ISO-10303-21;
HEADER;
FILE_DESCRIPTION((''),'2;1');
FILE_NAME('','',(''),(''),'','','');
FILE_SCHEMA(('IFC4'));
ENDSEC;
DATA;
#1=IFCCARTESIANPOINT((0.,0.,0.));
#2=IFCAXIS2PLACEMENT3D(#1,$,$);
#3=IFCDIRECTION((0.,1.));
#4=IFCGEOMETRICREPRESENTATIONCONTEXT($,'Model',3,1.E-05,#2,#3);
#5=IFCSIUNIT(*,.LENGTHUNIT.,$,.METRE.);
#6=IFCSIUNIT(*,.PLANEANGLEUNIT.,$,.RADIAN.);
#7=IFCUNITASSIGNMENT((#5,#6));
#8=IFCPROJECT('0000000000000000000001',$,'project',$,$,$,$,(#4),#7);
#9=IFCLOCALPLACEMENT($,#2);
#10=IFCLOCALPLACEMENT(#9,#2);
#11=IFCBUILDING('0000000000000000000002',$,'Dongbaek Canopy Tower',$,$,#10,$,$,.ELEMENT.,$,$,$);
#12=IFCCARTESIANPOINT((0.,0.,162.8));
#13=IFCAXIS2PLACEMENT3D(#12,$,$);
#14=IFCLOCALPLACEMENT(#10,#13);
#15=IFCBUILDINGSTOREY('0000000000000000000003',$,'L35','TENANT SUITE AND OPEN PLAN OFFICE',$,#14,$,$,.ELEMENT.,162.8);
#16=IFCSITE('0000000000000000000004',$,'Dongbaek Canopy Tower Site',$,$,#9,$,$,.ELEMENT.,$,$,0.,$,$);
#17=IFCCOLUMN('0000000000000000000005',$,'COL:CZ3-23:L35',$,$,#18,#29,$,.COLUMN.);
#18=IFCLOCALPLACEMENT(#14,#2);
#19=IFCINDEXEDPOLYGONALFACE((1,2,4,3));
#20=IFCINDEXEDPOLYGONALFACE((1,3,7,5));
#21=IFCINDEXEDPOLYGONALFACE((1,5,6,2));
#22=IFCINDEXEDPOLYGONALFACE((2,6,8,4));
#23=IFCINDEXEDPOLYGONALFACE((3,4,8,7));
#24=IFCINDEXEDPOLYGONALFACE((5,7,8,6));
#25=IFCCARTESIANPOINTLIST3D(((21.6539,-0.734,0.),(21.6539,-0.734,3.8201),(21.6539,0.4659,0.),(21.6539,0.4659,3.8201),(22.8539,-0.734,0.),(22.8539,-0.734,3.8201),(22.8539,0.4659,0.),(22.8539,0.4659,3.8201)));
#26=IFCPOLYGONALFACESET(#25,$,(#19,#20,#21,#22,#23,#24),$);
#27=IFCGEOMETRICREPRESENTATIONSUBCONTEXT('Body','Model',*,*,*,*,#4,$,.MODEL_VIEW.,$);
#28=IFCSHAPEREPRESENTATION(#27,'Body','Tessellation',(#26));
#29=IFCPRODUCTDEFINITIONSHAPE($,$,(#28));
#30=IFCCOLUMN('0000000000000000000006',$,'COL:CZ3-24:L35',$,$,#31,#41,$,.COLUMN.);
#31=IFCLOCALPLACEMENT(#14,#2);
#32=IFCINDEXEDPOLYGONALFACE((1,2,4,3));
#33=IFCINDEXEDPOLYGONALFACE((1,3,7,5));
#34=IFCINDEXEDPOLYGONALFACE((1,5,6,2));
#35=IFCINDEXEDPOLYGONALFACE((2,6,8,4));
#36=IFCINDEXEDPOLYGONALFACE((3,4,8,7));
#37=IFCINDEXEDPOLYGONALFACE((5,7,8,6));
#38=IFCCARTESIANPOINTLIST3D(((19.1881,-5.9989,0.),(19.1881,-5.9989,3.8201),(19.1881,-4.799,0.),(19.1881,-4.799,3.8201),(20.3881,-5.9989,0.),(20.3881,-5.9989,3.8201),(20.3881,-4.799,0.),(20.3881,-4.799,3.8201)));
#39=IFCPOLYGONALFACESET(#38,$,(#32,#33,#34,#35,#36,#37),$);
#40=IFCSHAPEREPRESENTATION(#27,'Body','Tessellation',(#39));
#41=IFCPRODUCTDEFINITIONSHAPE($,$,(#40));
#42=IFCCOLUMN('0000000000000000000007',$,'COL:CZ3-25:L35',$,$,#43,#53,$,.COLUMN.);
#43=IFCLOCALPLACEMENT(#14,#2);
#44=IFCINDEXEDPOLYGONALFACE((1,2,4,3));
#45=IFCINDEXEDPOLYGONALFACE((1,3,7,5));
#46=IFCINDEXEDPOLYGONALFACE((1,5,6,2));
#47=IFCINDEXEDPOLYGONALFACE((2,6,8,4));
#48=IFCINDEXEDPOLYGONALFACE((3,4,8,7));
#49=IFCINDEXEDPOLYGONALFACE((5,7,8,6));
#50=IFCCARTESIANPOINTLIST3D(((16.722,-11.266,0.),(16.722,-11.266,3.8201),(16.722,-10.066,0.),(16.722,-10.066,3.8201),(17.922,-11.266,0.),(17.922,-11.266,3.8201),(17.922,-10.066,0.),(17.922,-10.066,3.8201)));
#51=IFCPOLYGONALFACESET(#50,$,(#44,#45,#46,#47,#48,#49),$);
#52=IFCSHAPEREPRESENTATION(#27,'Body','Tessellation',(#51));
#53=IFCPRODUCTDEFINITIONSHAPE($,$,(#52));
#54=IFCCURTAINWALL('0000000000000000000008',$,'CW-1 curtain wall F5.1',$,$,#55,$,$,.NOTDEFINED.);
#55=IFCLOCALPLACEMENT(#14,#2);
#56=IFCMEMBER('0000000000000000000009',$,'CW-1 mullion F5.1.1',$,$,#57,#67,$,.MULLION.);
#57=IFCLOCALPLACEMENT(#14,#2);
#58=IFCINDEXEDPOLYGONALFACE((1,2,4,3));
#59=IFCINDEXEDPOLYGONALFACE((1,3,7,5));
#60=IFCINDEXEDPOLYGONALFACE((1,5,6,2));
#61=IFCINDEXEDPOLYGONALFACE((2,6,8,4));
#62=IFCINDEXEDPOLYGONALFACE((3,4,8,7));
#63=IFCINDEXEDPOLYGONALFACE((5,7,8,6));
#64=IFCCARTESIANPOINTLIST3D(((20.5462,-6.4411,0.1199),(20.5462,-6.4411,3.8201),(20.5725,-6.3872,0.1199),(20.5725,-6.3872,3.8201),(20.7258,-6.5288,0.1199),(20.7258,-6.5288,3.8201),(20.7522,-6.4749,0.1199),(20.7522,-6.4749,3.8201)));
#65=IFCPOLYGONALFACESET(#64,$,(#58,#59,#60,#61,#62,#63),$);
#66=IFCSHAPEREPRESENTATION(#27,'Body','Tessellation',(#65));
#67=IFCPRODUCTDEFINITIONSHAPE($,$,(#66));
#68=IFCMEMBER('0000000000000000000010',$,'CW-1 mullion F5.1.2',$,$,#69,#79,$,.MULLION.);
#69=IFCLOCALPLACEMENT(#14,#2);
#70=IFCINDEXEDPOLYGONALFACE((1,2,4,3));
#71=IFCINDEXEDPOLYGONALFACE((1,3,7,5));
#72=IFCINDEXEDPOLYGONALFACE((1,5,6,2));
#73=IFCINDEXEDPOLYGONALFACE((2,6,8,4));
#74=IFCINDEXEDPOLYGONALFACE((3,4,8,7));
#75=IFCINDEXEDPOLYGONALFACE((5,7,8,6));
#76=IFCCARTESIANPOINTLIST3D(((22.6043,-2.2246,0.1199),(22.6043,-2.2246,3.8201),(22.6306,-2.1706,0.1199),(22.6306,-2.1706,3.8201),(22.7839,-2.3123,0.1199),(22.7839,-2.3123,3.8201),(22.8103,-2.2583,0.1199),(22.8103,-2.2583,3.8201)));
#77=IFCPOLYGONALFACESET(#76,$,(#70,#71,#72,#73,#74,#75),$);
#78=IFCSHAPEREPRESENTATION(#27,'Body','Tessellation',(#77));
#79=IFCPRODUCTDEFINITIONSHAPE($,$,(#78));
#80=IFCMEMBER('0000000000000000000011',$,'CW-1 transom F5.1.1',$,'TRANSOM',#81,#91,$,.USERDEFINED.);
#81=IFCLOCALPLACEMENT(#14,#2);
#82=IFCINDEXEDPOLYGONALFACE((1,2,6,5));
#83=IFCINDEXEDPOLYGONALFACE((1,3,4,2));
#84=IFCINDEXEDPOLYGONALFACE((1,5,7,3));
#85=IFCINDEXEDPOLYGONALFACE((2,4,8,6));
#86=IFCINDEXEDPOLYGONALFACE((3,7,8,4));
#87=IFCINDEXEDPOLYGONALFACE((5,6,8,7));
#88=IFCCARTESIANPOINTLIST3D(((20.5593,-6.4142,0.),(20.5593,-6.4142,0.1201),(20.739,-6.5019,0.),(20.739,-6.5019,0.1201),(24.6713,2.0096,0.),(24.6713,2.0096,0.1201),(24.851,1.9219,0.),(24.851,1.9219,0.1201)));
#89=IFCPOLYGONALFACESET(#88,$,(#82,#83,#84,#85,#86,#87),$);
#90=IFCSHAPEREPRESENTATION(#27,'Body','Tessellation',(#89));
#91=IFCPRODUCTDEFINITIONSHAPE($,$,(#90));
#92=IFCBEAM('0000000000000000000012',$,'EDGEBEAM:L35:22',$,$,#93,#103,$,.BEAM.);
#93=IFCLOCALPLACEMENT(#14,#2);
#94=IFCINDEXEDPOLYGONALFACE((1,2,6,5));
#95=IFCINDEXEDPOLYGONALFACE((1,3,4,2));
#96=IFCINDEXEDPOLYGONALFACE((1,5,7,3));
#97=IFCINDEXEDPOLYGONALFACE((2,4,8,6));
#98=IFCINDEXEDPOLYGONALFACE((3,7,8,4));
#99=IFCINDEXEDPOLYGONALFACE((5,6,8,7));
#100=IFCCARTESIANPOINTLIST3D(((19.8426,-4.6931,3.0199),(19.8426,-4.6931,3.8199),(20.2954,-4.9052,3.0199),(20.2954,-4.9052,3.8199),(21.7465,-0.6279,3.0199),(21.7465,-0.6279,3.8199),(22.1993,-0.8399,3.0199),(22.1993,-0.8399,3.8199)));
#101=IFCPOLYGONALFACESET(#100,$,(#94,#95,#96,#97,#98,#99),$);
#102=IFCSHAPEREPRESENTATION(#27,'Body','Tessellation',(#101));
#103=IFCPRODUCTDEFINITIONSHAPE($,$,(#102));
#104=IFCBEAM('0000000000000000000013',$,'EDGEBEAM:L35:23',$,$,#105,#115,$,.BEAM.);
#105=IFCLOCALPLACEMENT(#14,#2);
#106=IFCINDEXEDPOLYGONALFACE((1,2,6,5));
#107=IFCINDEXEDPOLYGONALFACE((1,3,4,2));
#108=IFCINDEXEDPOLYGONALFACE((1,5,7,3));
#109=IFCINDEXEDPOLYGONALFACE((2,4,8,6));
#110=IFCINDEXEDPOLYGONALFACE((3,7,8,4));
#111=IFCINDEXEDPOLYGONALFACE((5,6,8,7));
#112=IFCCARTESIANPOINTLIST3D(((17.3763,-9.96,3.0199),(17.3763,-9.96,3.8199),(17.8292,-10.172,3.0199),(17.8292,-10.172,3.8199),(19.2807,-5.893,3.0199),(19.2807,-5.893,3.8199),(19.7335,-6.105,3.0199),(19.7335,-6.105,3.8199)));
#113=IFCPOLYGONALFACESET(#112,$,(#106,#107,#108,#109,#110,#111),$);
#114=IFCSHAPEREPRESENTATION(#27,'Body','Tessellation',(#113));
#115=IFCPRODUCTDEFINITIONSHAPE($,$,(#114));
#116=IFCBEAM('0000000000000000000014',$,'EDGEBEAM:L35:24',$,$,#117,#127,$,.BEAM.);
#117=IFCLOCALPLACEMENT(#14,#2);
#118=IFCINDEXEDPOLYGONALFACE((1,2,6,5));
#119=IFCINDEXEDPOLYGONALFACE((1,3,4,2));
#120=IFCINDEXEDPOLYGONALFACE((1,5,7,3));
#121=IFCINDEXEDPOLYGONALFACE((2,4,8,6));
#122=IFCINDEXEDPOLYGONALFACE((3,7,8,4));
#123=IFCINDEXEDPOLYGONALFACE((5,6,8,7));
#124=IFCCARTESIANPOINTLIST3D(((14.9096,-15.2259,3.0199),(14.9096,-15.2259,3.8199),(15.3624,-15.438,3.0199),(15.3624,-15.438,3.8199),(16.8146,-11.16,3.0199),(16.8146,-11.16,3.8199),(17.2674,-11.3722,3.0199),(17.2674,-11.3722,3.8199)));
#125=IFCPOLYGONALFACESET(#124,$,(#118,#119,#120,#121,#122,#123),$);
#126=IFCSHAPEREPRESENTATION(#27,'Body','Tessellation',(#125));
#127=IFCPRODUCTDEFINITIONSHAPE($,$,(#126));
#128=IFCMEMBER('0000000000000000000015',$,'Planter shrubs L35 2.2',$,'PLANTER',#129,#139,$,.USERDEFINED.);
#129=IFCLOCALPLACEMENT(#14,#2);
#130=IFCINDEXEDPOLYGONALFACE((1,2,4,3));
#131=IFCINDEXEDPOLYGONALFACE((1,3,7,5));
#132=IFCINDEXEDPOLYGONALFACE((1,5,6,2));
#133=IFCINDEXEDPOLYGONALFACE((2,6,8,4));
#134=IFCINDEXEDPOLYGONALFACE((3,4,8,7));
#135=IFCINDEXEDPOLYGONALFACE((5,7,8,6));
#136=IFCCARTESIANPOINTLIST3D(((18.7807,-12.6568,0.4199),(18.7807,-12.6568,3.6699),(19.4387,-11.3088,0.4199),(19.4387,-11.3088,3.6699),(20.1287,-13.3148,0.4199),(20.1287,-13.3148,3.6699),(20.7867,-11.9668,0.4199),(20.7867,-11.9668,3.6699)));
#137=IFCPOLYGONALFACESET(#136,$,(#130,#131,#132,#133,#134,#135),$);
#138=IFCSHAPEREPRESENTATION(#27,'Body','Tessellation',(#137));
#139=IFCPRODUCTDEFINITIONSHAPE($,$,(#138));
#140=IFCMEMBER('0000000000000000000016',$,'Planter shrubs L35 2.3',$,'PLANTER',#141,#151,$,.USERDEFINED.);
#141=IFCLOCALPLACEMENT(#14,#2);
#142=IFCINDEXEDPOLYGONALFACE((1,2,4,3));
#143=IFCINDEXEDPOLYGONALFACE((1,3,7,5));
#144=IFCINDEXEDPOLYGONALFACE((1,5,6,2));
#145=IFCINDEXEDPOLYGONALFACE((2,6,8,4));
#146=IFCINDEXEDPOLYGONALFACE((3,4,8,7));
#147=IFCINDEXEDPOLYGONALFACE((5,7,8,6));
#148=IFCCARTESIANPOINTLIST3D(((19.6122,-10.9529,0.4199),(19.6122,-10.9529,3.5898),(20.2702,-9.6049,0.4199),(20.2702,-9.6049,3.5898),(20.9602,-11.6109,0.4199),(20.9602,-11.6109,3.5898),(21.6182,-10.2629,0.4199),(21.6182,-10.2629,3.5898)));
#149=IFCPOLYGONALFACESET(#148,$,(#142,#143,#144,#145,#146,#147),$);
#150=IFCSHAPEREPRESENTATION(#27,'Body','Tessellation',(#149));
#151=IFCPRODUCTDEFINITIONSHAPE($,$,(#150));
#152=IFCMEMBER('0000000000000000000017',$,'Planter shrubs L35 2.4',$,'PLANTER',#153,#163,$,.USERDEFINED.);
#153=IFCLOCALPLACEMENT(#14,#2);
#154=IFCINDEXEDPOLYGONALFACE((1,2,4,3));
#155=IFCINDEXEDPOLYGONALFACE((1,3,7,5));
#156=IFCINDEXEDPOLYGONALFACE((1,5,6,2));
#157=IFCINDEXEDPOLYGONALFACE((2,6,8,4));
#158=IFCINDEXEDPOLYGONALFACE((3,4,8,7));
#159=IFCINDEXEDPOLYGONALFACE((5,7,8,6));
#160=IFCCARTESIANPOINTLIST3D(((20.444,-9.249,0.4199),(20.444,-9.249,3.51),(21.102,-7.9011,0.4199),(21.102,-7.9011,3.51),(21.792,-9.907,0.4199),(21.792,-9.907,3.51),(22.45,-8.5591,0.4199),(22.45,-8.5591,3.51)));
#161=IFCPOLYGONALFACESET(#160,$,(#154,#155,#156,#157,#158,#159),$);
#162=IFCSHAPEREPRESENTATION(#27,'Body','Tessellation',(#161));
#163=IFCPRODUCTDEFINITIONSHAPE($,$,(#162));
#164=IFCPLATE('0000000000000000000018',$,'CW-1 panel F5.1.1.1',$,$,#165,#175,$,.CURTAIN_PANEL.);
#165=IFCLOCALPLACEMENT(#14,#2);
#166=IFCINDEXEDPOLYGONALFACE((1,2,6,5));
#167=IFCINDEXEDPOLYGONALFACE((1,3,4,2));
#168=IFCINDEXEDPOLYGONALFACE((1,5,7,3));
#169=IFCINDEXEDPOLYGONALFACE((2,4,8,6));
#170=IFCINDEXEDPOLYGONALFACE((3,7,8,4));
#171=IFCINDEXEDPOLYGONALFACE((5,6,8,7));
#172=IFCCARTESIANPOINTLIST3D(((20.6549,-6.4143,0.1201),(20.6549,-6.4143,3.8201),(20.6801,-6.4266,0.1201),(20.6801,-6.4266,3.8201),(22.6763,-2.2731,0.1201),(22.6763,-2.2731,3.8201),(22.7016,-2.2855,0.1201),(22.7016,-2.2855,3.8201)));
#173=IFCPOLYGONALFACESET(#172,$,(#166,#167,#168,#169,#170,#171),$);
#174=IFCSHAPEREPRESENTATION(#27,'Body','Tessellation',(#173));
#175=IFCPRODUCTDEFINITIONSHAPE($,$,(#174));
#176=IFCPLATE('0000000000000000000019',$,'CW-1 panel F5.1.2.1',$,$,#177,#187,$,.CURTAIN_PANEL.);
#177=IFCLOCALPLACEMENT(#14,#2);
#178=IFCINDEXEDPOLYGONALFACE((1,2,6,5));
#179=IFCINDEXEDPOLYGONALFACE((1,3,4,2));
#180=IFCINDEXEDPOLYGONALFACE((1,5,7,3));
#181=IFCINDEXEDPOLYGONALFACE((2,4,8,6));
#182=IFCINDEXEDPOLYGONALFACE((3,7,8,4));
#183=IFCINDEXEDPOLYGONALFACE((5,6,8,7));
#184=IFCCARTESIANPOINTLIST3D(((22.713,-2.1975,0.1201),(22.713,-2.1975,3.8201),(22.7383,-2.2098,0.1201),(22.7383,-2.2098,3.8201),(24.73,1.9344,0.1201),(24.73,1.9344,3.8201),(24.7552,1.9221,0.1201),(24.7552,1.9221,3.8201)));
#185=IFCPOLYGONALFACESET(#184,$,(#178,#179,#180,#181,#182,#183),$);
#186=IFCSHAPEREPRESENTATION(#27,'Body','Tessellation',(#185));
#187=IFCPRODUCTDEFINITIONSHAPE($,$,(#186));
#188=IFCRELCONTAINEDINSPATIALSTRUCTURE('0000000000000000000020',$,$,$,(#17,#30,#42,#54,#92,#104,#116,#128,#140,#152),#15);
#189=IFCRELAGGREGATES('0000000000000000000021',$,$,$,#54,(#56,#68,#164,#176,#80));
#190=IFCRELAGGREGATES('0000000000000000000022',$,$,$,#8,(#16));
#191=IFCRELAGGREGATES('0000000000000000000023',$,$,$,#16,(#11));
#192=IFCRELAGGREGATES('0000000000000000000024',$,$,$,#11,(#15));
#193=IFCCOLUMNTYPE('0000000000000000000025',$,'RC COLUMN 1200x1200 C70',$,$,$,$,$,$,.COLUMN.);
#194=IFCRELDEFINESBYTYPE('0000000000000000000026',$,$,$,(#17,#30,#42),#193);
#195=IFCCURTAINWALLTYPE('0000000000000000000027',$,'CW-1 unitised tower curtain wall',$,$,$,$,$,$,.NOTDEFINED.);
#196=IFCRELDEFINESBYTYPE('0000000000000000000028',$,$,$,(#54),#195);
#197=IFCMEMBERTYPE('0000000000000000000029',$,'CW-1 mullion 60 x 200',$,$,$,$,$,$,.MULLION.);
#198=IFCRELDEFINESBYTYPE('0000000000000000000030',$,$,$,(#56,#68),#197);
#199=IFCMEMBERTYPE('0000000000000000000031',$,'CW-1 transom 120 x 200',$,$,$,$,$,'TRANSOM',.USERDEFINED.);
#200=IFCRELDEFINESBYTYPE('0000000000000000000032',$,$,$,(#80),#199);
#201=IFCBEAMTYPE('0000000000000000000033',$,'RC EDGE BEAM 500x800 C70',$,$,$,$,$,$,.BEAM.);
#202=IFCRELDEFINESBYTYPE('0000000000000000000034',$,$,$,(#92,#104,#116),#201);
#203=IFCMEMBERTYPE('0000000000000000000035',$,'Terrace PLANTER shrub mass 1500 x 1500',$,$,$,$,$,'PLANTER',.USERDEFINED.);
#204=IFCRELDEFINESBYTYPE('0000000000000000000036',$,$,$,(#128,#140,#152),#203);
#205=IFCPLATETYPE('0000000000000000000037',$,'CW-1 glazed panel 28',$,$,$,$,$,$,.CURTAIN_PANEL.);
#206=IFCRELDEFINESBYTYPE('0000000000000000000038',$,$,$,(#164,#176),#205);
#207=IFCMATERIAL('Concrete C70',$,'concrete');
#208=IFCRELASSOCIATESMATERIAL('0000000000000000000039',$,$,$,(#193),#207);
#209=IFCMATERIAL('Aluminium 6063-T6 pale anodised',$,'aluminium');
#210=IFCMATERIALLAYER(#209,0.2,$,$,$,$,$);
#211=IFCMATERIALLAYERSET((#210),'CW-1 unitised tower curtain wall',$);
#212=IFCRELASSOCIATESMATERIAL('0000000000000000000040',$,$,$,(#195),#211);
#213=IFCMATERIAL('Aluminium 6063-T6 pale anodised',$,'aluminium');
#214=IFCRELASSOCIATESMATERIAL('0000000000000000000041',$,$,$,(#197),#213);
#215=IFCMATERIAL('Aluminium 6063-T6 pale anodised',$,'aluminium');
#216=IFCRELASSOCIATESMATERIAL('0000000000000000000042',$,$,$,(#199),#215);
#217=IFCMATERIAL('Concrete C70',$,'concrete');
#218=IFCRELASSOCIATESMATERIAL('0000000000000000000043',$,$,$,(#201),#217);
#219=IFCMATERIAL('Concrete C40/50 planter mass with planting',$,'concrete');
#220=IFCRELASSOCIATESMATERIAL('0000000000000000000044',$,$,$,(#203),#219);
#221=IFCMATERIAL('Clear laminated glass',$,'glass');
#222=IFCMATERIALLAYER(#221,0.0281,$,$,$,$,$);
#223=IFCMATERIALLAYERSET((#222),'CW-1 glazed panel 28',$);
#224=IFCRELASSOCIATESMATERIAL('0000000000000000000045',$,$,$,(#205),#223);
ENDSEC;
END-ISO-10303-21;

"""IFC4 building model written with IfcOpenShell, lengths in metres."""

from ifc_helpers import new_model, si_unit, direction, frame, origin, origin_2d, place, context, subcontext, project, spatial, rectangle, extrude, material, layer, layer_set, material_profile, profile_set, type_object, element, aggregate, save


model = new_model("IFC4")

# Units and contexts
model_context = context("Model", 3, precision=1e-05, world=origin(), true_north=direction((0.0, 1.0)))
body_context = subcontext(model_context, "Body", "Model", "MODEL_VIEW")
ifc_project = project(units=[si_unit("LENGTHUNIT", "METRE"), si_unit("PLANEANGLEUNIT", "RADIAN")], contexts=[model_context])

# Site, building, storey
site_placement = place(None, origin())
site = spatial("IfcSite", under=ifc_project, at=site_placement, Name="Dongbaek Canopy Tower Site", CompositionType="ELEMENT", RefElevation=0.0)
building_placement = place(site_placement, origin())
building = spatial("IfcBuilding", under=site, at=building_placement, Name="Dongbaek Canopy Tower", CompositionType="ELEMENT")
storey_placement = place(building_placement, frame((0.0, 0.0, 162.8)))
storey = spatial("IfcBuildingStorey", under=building, at=storey_placement, Name="L35", Description="TENANT SUITE AND OPEN PLAN OFFICE", CompositionType="ELEMENT", Elevation=162.8)

# Columns
ifc_material_1 = material(Name="Concrete C70", Category="concrete")
ifc_material_profile_1 = material_profile(ifc_material_1, rectangle(XDim=1.2, YDim=1.2, at=origin_2d()), Name="RC COLUMN 1200x1200 C70")
ifc_profile_set_1 = profile_set([ifc_material_profile_1], Name="Concrete C70")
column_type = type_object("IfcColumnType", Name="RC COLUMN 1200x1200 C70", PredefinedType="COLUMN", material=ifc_profile_set_1)
for number, where, z_axis, x_axis, name in (
    (1, (22.2539, -0.134, 0.0), (0.0, 0.0, 1.0), (1.0, 0.0, 0.0), "COL:CZ3-23:L35"),
    (2, (19.7881, -5.3989, 0.0), (0.0, 0.0, 1.0), (1.0, 0.0, 0.0), "COL:CZ3-24:L35"),
    (3, (17.322, -10.666, 0.0), (0.0, 0.0, 1.0), (1.0, 0.0, 0.0), "COL:CZ3-25:L35"),
):
    element("IfcColumn", number, at=place(storey_placement, frame(where, z_axis=z_axis, x_axis=x_axis)), inside=storey, type_object=column_type, Name=name, PredefinedType="COLUMN", context=body_context, shape_type="SweptSolid", body=[
        extrude(rectangle(XDim=1.2, YDim=1.2, at=origin_2d()), origin(), (0.0, 0.0, 1.0), 3.8201),
    ])

# Curtain wall, members
ifc_material_2 = material(Name="Aluminium 6063-T6 pale anodised", Category="aluminium")
ifc_layer_1 = layer(ifc_material_2, 0.2)
ifc_layer_set_1 = layer_set([ifc_layer_1], Name="CW-1 unitised tower curtain wall")
curtain_wall_type = type_object("IfcCurtainWallType", Name="CW-1 unitised tower curtain wall", PredefinedType="NOTDEFINED", material=ifc_layer_set_1)
curtain_wall_placement = place(storey_placement, origin())
curtain_wall = element("IfcCurtainWall", 4, at=curtain_wall_placement, inside=storey, type_object=curtain_wall_type, Name="CW-1 curtain wall F5.1", PredefinedType="NOTDEFINED")
ifc_material_3 = material(Name="Aluminium 6063-T6 pale anodised", Category="aluminium")
ifc_material_profile_2 = material_profile(ifc_material_3, rectangle(XDim=0.2, YDim=0.0601, at=origin_2d()), Name="CW-1 mullion 60 x 200")
ifc_profile_set_2 = profile_set([ifc_material_profile_2], Name="Aluminium 6063-T6 pale anodised")
member_type_1 = type_object("IfcMemberType", Name="CW-1 mullion 60 x 200", PredefinedType="MULLION", material=ifc_profile_set_2)
member_1_placement = place(storey_placement, frame((20.6492, -6.458, 0.1199), z_axis=(0.0, 0.0, 1.0), x_axis=(0.898651, -0.438665, 0.0)))
member_1 = element("IfcMember", 5, at=member_1_placement, type_object=member_type_1, Name="CW-1 mullion F5.1.1", PredefinedType="MULLION", context=body_context, shape_type="SweptSolid", body=[
    extrude(rectangle(XDim=0.2, YDim=0.0601, at=origin_2d()), origin(), (0.0, 0.0, 1.0), 3.7002),
])
member_2_placement = place(storey_placement, frame((22.7073, -2.2415, 0.1199), z_axis=(0.0, 0.0, 1.0), x_axis=(0.898651, -0.438665, 0.0)))
member_2 = element("IfcMember", 6, at=member_2_placement, type_object=member_type_1, Name="CW-1 mullion F5.1.2", PredefinedType="MULLION", context=body_context, shape_type="SweptSolid", body=[
    extrude(rectangle(XDim=0.2, YDim=0.0601, at=origin_2d()), origin(), (0.0, 0.0, 1.0), 3.7002),
])
ifc_material_4 = material(Name="Aluminium 6063-T6 pale anodised", Category="aluminium")
ifc_material_profile_3 = material_profile(ifc_material_4, rectangle(XDim=0.2, YDim=0.1201, at=origin_2d()), Name="CW-1 transom 120 x 200")
ifc_profile_set_3 = profile_set([ifc_material_profile_3], Name="Aluminium 6063-T6 pale anodised")
member_type_2 = type_object("IfcMemberType", Name="CW-1 transom 120 x 200", ElementType="TRANSOM", PredefinedType="USERDEFINED", material=ifc_profile_set_3)
member_3_placement = place(storey_placement, frame((20.6492, -6.458, 0.0601), z_axis=(0.438671, 0.898648, 0.0), x_axis=(-0.898648, 0.438671, 0.0)))
member_3 = element("IfcMember", 7, at=member_3_placement, type_object=member_type_2, Name="CW-1 transom F5.1.1", ObjectType="TRANSOM", PredefinedType="USERDEFINED", context=body_context, shape_type="SweptSolid", body=[
    extrude(rectangle(XDim=0.2, YDim=0.1201, at=origin_2d()), origin(), (0.0, 0.0, 1.0), 9.3738),
])

# Beams
ifc_material_5 = material(Name="Concrete C70", Category="concrete")
ifc_material_profile_4 = material_profile(ifc_material_5, rectangle(XDim=0.5, YDim=0.8, at=origin_2d()), Name="RC EDGE BEAM 500x800 C70")
ifc_profile_set_4 = profile_set([ifc_material_profile_4], Name="Concrete C70")
beam_type = type_object("IfcBeamType", Name="RC EDGE BEAM 500x800 C70", PredefinedType="BEAM", material=ifc_profile_set_4)
beam_1_placement = place(storey_placement, frame((21.9729, -0.7339, 3.4199), z_axis=(-0.424115, -0.905608, 0.0), x_axis=(0.905608, -0.424115, 0.0)))
element("IfcBeam", 8, at=beam_1_placement, inside=storey, type_object=beam_type, Name="EDGEBEAM:L35:22", PredefinedType="BEAM", context=body_context, shape_type="SweptSolid", body=[
    extrude(rectangle(XDim=0.5, YDim=0.8, at=origin_2d()), origin(), (0.0, 0.0, 1.0), 4.489),
])
beam_2_placement = place(storey_placement, frame((19.5071, -5.999, 3.4199), z_axis=(-0.424058, -0.905635, 0.0), x_axis=(0.905635, -0.424058, 0.0)))
element("IfcBeam", 9, at=beam_2_placement, inside=storey, type_object=beam_type, Name="EDGEBEAM:L35:23", PredefinedType="BEAM", context=body_context, shape_type="SweptSolid", body=[
    extrude(rectangle(XDim=0.5, YDim=0.8, at=origin_2d()), origin(), (0.0, 0.0, 1.0), 4.4907),
])
beam_3_placement = place(storey_placement, frame((17.041, -11.2661, 3.4199), z_axis=(-0.424275, -0.905533, 0.0), x_axis=(0.905533, -0.424275, 0.0)))
element("IfcBeam", 10, at=beam_3_placement, inside=storey, type_object=beam_type, Name="EDGEBEAM:L35:24", PredefinedType="BEAM", context=body_context, shape_type="SweptSolid", body=[
    extrude(rectangle(XDim=0.5, YDim=0.8, at=origin_2d()), origin(), (0.0, 0.0, 1.0), 4.49),
])

# Members
ifc_material_6 = material(Name="Concrete C40/50 planter mass with planting", Category="concrete")
ifc_material_profile_5 = material_profile(ifc_material_6, rectangle(XDim=1.5, YDim=1.5, at=origin_2d()), Name="Terrace PLANTER shrub mass 1500 x 1500")
ifc_profile_set_5 = profile_set([ifc_material_profile_5], Name="Concrete C40/50 planter mass with planting")
member_type_3 = type_object("IfcMemberType", Name="Terrace PLANTER shrub mass 1500 x 1500", ElementType="PLANTER", PredefinedType="USERDEFINED", material=ifc_profile_set_5)
member_4_placement = place(storey_placement, frame((19.7837, -12.3118, 0.4199), z_axis=(0.0, 0.0, 1.0), x_axis=(0.898651, -0.438665, 0.0)))
element("IfcMember", 11, at=member_4_placement, inside=storey, type_object=member_type_3, Name="Planter shrubs L35 2.2", ObjectType="PLANTER", PredefinedType="USERDEFINED", context=body_context, shape_type="SweptSolid", body=[
    extrude(rectangle(XDim=1.5, YDim=1.5, at=origin_2d()), origin(), (0.0, 0.0, 1.0), 3.25),
])
member_5_placement = place(storey_placement, frame((20.6152, -10.6079, 0.4199), z_axis=(0.0, 0.0, 1.0), x_axis=(0.898651, -0.438665, 0.0)))
element("IfcMember", 12, at=member_5_placement, inside=storey, type_object=member_type_3, Name="Planter shrubs L35 2.3", ObjectType="PLANTER", PredefinedType="USERDEFINED", context=body_context, shape_type="SweptSolid", body=[
    extrude(rectangle(XDim=1.5, YDim=1.5, at=origin_2d()), origin(), (0.0, 0.0, 1.0), 3.1699),
])
member_6_placement = place(storey_placement, frame((21.447, -8.9041, 0.4199), z_axis=(0.0, 0.0, 1.0), x_axis=(0.898651, -0.438665, 0.0)))
element("IfcMember", 13, at=member_6_placement, inside=storey, type_object=member_type_3, Name="Planter shrubs L35 2.4", ObjectType="PLANTER", PredefinedType="USERDEFINED", context=body_context, shape_type="SweptSolid", body=[
    extrude(rectangle(XDim=1.5, YDim=1.5, at=origin_2d()), origin(), (0.0, 0.0, 1.0), 3.0901),
])

# Plates
ifc_material_7 = material(Name="Clear laminated glass", Category="glass")
ifc_layer_2 = layer(ifc_material_7, 0.0281)
ifc_layer_set_2 = layer_set([ifc_layer_2], Name="CW-1 glazed panel 28")
plate_type = type_object("IfcPlateType", Name="CW-1 glazed panel 28", PredefinedType="CURTAIN_PANEL", material=ifc_layer_set_2)
plate_1_placement = place(storey_placement, frame((21.6782, -4.3499, 0.1201), z_axis=(0.0, 0.0, 1.0), x_axis=(0.438665, 0.898651, 0.0)))
plate_1 = element("IfcPlate", 14, at=plate_1_placement, type_object=plate_type, Name="CW-1 panel F5.1.1.1", PredefinedType="CURTAIN_PANEL", context=body_context, shape_type="SweptSolid", body=[
    extrude(rectangle(XDim=4.6082, YDim=0.0281, at=origin_2d()), origin(), (0.0, 0.0, 1.0), 3.7),
])
plate_2_placement = place(storey_placement, frame((23.7341, -0.1377, 0.1201), z_axis=(0.0, 0.0, 1.0), x_axis=(0.438665, 0.898651, 0.0)))
plate_2 = element("IfcPlate", 15, at=plate_2_placement, type_object=plate_type, Name="CW-1 panel F5.1.2.1", PredefinedType="CURTAIN_PANEL", context=body_context, shape_type="SweptSolid", body=[
    extrude(rectangle(XDim=4.5979, YDim=0.0281, at=origin_2d()), origin(), (0.0, 0.0, 1.0), 3.7),
])

aggregate(curtain_wall, [member_1, member_2, plate_1, plate_2, member_3])

save(model, "model.ifc")
